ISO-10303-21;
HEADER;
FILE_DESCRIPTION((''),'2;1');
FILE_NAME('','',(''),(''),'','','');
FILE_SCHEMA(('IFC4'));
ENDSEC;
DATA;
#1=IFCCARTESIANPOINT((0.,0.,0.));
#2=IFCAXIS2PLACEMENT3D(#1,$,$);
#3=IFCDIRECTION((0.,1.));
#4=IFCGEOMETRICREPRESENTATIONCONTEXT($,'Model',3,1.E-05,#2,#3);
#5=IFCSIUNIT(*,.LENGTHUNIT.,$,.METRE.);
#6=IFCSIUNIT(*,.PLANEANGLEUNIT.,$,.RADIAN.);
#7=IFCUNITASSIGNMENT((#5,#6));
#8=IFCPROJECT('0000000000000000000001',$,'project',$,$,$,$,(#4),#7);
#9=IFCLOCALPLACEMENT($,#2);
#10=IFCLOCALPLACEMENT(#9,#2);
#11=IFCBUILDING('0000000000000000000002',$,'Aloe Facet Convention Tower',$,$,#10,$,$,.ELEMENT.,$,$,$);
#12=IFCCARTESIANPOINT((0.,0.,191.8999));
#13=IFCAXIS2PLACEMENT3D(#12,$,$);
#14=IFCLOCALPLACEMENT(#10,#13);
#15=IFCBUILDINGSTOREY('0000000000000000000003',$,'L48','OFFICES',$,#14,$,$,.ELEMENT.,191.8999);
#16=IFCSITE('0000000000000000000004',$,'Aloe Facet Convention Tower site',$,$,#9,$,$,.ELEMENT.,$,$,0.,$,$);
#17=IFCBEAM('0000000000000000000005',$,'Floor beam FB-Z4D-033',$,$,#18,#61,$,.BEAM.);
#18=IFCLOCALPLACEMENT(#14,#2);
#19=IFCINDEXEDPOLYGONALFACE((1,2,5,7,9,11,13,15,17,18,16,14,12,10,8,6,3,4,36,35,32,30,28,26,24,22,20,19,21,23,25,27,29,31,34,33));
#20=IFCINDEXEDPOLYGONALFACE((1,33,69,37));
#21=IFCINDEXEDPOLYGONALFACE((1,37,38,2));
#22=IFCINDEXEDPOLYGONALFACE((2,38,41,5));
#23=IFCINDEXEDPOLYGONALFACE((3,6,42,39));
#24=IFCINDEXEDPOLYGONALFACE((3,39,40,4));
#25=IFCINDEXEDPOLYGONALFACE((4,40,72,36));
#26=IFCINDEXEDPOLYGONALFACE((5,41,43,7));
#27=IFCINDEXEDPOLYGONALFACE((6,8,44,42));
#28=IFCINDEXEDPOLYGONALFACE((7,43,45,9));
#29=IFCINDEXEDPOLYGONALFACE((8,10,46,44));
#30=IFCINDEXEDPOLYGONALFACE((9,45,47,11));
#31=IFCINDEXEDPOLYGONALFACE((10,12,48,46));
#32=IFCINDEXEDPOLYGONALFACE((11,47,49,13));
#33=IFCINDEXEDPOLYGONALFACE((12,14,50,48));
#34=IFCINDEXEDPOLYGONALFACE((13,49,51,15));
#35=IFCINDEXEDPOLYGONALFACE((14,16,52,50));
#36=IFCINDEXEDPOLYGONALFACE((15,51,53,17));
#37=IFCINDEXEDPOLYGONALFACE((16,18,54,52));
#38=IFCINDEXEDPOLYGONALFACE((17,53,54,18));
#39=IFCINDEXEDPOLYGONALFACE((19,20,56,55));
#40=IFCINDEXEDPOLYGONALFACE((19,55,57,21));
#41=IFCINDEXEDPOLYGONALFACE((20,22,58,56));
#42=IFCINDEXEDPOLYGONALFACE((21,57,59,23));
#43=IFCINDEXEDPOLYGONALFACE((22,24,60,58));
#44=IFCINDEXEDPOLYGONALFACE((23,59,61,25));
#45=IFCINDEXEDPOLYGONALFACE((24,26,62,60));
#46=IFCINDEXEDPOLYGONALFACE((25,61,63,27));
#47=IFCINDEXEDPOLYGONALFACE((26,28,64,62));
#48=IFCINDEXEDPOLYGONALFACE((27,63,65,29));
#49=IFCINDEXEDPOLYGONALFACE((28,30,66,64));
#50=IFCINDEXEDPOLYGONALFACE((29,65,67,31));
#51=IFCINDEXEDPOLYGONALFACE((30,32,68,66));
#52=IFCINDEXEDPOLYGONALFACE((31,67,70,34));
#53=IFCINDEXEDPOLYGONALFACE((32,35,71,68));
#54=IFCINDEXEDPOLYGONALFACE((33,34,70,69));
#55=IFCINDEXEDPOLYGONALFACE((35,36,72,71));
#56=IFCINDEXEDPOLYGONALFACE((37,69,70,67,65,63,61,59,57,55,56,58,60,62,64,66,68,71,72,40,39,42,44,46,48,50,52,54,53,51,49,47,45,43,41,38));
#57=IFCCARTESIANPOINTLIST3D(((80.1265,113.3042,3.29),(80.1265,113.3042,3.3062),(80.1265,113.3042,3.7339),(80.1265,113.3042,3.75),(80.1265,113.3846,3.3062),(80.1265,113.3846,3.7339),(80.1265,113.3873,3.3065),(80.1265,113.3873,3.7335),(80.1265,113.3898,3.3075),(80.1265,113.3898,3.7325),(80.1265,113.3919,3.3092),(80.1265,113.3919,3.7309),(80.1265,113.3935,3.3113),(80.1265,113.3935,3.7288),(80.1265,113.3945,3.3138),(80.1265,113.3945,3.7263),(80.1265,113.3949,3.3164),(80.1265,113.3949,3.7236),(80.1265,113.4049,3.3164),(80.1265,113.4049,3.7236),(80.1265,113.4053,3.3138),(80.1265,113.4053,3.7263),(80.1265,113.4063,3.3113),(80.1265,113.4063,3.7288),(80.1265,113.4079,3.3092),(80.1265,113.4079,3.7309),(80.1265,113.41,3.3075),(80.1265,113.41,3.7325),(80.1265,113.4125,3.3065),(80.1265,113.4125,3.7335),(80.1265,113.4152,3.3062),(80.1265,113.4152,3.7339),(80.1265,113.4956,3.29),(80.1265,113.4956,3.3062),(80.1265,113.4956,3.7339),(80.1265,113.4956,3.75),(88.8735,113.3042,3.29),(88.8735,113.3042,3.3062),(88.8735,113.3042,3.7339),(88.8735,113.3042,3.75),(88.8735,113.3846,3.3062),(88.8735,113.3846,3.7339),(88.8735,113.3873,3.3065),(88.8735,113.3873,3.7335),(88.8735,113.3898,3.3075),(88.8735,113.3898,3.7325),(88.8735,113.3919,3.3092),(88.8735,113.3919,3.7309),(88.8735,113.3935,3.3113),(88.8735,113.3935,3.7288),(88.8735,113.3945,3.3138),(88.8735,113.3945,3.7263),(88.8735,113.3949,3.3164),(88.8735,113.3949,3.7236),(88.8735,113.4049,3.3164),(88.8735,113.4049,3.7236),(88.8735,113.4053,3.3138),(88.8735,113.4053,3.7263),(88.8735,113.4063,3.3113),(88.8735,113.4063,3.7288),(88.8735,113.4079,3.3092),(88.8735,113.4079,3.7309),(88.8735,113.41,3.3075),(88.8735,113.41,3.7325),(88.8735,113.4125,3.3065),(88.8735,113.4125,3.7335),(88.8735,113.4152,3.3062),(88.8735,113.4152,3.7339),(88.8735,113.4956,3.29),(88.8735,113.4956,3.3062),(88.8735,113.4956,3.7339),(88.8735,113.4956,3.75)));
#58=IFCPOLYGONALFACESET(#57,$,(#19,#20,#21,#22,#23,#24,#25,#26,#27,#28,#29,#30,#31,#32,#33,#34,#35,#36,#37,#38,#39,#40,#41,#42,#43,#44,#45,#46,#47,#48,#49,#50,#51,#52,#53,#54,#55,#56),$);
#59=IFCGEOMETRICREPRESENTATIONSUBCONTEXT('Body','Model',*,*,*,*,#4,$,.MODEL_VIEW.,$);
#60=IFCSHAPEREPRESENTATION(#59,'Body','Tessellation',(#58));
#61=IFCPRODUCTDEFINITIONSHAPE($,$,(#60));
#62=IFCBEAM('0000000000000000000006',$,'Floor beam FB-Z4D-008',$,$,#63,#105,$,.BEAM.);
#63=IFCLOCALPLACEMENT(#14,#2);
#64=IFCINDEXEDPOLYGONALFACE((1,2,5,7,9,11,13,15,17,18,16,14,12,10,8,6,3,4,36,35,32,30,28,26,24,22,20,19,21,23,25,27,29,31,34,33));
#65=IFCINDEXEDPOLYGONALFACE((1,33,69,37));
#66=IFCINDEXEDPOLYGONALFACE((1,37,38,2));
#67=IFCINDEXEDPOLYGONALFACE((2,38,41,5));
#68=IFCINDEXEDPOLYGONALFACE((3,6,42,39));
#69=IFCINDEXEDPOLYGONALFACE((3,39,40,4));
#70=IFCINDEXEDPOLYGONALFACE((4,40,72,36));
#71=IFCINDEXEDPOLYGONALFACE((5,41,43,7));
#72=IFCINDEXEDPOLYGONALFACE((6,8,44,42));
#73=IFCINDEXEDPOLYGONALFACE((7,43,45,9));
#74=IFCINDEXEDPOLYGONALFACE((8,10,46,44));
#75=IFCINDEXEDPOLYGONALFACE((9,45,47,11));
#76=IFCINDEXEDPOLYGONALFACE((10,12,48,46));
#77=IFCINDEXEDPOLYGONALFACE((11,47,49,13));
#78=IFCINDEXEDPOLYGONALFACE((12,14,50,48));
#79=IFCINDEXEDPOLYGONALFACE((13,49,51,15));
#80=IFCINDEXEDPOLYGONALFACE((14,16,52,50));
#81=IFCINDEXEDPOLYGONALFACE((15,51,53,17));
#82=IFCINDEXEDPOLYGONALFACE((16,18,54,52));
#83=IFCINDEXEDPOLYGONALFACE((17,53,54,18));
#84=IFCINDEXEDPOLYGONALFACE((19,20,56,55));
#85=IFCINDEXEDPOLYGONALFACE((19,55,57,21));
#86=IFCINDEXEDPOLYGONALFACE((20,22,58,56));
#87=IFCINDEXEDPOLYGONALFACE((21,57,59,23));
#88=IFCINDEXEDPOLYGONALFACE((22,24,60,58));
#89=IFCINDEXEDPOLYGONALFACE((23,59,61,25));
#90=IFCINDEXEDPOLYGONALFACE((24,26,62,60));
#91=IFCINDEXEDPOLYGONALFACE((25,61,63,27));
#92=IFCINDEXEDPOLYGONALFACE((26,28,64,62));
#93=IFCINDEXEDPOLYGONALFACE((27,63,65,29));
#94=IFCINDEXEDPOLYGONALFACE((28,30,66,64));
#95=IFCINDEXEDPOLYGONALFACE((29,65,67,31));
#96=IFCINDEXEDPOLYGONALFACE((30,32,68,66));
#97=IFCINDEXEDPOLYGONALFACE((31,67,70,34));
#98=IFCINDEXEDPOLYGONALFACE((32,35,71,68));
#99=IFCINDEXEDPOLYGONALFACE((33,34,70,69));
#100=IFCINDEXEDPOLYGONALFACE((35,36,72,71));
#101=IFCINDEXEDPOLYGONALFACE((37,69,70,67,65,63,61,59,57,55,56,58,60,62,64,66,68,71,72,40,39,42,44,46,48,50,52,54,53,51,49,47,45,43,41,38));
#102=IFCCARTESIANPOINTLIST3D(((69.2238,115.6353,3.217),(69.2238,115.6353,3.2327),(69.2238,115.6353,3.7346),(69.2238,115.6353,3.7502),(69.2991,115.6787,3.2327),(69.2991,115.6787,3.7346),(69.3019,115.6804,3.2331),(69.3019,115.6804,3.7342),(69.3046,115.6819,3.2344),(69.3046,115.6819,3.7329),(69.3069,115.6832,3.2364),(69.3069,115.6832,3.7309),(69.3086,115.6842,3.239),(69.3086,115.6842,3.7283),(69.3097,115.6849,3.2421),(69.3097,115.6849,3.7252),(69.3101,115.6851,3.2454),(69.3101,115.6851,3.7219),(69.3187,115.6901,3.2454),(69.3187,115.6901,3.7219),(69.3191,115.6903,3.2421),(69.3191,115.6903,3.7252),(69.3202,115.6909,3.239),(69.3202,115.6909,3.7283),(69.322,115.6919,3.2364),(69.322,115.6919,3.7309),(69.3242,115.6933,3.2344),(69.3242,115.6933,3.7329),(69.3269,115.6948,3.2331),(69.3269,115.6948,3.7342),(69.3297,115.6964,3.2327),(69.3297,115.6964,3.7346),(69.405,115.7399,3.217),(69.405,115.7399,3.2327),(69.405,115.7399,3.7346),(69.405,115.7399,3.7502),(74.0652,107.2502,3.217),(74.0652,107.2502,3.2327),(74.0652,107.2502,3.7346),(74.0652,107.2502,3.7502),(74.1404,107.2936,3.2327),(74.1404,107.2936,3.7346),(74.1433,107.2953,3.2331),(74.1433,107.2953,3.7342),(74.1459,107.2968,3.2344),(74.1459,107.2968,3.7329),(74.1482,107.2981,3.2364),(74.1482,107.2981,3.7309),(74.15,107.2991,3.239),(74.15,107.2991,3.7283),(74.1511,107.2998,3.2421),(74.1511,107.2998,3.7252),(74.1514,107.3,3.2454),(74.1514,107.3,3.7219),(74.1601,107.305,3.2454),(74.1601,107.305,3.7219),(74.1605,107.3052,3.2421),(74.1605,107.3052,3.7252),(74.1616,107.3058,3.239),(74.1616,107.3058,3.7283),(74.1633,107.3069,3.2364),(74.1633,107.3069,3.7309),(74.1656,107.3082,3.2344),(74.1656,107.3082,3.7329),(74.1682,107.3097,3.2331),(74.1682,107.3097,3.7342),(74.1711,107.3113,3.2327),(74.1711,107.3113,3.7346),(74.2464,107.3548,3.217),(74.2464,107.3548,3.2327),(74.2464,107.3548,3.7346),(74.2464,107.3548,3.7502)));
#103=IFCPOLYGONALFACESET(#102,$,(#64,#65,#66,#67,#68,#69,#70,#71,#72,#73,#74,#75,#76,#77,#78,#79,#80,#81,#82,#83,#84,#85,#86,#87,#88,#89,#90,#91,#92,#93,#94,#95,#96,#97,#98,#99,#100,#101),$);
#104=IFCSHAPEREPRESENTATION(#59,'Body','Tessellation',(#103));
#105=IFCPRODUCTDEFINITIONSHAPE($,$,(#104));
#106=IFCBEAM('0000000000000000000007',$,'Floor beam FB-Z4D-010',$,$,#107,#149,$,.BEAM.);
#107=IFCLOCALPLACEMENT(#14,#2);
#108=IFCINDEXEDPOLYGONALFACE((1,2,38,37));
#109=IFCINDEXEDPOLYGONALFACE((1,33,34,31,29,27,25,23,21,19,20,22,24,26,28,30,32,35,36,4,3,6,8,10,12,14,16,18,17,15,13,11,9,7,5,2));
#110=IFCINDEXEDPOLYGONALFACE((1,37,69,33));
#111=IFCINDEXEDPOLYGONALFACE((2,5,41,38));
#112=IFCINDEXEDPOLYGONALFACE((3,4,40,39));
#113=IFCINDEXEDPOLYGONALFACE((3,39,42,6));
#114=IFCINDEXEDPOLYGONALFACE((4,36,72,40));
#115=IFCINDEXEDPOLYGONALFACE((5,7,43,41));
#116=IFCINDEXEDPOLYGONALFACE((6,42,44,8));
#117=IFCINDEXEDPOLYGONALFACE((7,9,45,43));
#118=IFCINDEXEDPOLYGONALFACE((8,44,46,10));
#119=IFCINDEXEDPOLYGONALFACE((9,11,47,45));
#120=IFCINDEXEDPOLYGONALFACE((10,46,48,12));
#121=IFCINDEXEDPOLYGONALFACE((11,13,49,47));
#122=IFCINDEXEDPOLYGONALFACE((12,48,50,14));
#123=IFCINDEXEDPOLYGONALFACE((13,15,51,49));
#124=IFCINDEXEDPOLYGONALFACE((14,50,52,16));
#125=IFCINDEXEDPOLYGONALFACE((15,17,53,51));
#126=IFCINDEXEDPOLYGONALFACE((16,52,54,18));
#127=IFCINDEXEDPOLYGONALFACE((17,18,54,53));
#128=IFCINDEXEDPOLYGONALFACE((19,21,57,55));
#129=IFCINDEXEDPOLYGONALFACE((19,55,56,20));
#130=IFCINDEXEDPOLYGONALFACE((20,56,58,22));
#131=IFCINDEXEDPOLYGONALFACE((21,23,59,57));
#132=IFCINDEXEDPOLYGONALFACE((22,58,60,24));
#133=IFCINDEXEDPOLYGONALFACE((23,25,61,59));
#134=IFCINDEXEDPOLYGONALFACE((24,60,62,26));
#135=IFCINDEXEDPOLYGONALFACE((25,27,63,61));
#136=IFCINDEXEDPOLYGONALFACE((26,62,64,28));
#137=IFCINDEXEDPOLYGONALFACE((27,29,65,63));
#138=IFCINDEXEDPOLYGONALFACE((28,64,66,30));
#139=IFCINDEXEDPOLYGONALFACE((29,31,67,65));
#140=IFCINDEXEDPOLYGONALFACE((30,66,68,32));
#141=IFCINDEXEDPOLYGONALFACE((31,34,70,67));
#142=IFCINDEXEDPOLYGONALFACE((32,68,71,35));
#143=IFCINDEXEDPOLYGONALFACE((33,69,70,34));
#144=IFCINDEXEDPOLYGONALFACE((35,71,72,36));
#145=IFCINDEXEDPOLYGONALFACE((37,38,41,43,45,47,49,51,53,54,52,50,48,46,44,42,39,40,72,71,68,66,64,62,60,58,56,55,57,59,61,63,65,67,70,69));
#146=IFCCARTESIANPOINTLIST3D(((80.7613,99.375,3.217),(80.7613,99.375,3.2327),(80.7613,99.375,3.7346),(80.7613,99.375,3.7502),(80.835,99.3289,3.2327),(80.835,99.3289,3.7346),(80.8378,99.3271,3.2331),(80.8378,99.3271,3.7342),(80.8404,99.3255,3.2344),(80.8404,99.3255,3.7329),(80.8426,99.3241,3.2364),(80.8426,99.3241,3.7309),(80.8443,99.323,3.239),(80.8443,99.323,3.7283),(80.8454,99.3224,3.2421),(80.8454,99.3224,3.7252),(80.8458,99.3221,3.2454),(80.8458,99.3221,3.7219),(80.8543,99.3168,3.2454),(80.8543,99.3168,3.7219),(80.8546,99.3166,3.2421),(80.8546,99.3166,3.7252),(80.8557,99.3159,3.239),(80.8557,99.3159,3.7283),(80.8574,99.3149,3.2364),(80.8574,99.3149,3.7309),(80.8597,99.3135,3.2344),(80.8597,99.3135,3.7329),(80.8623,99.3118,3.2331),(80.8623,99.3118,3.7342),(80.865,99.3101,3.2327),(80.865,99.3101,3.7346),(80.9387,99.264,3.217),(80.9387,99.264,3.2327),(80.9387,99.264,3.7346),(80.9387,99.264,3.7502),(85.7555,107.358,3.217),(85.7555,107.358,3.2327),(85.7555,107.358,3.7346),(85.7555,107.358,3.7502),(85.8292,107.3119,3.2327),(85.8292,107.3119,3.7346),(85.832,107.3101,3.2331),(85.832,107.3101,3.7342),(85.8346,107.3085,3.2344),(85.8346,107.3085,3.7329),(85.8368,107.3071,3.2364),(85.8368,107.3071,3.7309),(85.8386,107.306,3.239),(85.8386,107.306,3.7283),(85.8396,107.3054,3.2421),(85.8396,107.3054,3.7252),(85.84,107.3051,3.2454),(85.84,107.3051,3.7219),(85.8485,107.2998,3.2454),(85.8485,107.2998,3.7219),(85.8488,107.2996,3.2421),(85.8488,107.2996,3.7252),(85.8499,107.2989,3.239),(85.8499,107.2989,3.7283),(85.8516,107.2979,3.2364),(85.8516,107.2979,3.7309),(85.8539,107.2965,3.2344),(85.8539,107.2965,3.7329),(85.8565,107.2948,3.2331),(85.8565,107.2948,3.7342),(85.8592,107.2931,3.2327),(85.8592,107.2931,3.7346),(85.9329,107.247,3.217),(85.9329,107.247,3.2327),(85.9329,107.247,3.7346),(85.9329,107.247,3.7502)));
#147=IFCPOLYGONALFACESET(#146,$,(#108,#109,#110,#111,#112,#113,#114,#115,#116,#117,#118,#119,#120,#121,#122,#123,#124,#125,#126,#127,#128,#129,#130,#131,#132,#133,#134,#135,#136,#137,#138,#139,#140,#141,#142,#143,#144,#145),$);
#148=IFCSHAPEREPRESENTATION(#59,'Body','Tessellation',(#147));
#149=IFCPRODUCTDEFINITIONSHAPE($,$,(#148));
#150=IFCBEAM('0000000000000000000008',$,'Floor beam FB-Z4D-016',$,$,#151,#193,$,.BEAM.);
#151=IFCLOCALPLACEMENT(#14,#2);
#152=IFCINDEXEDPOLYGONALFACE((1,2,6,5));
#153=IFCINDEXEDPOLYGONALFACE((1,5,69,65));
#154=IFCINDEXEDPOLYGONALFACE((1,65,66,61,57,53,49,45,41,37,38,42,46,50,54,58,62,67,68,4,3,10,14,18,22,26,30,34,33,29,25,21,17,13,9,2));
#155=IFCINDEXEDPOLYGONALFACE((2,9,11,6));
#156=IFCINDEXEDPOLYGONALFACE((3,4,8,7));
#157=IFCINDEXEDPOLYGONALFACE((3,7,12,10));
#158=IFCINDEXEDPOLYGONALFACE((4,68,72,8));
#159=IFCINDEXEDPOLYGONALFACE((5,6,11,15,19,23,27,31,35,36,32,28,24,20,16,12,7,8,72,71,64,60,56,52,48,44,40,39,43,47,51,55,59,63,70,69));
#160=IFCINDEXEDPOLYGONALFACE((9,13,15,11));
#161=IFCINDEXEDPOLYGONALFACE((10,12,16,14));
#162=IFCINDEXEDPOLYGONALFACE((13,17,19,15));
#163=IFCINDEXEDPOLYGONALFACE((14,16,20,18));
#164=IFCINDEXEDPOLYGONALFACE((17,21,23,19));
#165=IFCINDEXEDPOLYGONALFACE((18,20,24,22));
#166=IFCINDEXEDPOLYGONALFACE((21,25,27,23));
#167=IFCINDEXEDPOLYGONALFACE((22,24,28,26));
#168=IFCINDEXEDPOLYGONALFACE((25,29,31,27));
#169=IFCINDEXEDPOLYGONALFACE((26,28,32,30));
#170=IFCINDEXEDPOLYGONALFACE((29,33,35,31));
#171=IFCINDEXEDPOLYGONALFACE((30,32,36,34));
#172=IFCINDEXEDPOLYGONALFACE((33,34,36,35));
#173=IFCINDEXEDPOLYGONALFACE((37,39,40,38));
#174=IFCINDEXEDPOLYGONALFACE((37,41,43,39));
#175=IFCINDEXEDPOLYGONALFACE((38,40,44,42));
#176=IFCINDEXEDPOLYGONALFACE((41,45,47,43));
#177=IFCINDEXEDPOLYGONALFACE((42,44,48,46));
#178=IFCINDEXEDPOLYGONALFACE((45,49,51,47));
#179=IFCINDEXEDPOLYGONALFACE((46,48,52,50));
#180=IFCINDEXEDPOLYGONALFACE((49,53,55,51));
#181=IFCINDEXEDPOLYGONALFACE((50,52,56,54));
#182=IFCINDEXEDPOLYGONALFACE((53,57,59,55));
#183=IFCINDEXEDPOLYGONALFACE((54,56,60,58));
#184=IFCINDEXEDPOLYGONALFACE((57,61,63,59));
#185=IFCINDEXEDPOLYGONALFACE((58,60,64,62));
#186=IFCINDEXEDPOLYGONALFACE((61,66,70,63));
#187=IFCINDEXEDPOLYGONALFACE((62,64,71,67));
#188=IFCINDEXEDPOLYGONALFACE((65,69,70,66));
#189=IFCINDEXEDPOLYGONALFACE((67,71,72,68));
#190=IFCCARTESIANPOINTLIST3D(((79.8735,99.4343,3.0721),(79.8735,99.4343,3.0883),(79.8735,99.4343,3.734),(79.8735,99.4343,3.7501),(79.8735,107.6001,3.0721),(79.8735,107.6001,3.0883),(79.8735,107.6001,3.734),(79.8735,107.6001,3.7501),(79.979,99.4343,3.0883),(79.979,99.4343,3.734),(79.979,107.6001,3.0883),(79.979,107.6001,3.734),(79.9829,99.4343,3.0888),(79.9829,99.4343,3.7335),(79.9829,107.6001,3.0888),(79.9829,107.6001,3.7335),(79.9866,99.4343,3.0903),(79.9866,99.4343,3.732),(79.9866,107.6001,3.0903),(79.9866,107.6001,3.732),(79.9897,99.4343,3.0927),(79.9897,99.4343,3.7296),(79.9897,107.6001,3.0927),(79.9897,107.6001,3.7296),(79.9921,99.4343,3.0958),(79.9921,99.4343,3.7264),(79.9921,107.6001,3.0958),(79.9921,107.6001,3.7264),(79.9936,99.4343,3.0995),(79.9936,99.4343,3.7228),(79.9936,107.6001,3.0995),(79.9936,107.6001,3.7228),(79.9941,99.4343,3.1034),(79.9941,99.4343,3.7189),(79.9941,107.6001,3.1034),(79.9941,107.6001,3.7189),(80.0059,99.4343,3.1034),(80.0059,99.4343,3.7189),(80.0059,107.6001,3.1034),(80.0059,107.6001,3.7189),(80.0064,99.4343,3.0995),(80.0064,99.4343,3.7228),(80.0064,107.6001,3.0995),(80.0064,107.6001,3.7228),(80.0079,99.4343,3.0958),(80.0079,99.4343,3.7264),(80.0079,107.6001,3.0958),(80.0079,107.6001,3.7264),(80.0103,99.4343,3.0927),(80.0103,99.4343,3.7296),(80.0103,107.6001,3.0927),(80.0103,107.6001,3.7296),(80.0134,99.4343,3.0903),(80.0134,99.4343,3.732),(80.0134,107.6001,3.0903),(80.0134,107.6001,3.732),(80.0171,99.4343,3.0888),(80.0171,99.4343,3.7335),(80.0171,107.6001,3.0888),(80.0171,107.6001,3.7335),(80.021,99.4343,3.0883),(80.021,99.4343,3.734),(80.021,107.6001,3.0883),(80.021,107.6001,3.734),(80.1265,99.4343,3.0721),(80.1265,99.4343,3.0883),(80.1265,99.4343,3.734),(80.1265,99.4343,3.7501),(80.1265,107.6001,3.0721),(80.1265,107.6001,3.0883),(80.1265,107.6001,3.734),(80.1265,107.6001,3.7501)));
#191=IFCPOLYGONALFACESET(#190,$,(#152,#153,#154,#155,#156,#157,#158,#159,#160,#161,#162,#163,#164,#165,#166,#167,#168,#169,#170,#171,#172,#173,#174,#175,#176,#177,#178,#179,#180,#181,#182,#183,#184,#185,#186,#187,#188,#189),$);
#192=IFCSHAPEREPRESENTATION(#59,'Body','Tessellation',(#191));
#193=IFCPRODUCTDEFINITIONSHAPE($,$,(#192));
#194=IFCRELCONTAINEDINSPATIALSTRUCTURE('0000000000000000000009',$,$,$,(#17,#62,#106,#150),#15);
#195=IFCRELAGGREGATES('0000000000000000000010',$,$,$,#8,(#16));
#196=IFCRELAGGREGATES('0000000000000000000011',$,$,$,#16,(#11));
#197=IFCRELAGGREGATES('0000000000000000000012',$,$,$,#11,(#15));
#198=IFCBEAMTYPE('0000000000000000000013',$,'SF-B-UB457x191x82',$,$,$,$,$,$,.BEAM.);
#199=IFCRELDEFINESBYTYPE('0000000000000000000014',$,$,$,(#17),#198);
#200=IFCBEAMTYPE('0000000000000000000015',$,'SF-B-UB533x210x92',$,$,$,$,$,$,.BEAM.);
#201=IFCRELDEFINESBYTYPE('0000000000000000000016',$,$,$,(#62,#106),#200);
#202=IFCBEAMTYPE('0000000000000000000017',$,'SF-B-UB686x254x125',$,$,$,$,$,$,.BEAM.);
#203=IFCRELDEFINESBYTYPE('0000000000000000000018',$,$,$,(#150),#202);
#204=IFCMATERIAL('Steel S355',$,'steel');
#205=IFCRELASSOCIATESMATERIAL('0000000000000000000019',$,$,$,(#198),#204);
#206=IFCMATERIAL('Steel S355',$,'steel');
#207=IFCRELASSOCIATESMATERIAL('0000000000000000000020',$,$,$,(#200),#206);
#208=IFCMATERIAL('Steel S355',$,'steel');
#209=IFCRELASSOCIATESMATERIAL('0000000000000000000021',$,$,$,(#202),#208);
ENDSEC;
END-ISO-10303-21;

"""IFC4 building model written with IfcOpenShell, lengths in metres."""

from ifc_helpers import new_model, si_unit, direction, frame, origin, origin_2d, place, context, subcontext, project, spatial, i_section, extrude, material, material_profile, profile_set, type_object, element, save


model = new_model("IFC4")

# Units and contexts
model_context = context("Model", 3, precision=1e-05, world=origin(), true_north=direction((0.0, 1.0)))
body_context = subcontext(model_context, "Body", "Model", "MODEL_VIEW")
ifc_project = project(units=[si_unit("LENGTHUNIT", "METRE"), si_unit("PLANEANGLEUNIT", "RADIAN")], contexts=[model_context])

# Site, building, storey
site_placement = place(None, origin())
site = spatial("IfcSite", under=ifc_project, at=site_placement, Name="Aloe Facet Convention Tower site", CompositionType="ELEMENT", RefElevation=0.0)
building_placement = place(site_placement, origin())
building = spatial("IfcBuilding", under=site, at=building_placement, Name="Aloe Facet Convention Tower", CompositionType="ELEMENT")
storey_placement = place(building_placement, frame((0.0, 0.0, 191.8999)))
storey = spatial("IfcBuildingStorey", under=building, at=storey_placement, Name="L48", Description="OFFICES", CompositionType="ELEMENT", Elevation=191.8999)

# Beams
ifc_material_1 = material(Name="Steel S355", Category="steel")
ifc_material_profile_1 = material_profile(ifc_material_1, i_section(OverallWidth=0.1914, OverallDepth=0.46, WebThickness=0.01, FlangeThickness=0.0161, FilletRadius=0.0103, at=origin_2d()), Name="UB 457x191x82")
ifc_profile_set_1 = profile_set([ifc_material_profile_1], Name="Steel S355")
beam_type_1 = type_object("IfcBeamType", Name="SF-B-UB457x191x82", PredefinedType="BEAM", material=ifc_profile_set_1)
beam_1_placement = place(storey_placement, frame((80.1265, 113.3999, 3.52), z_axis=(1.0, 0.0, 0.0), x_axis=(0.0, 1.0, 0.0)))
element("IfcBeam", 1, at=beam_1_placement, inside=storey, type_object=beam_type_1, Name="Floor beam FB-Z4D-033", PredefinedType="BEAM", context=body_context, shape_type="SweptSolid", body=[
    extrude(i_section(OverallWidth=0.1914, OverallDepth=0.46, WebThickness=0.01, FlangeThickness=0.0161, FilletRadius=0.0103, at=origin_2d()), origin(), (0.0, 0.0, 1.0), 8.7471),
])
ifc_material_2 = material(Name="Steel S355", Category="steel")
ifc_material_profile_2 = material_profile(ifc_material_2, i_section(OverallWidth=0.2092, OverallDepth=0.5332, WebThickness=0.01, FlangeThickness=0.0156, FilletRadius=0.0127, at=origin_2d()), Name="UB 533x210x92")
ifc_profile_set_2 = profile_set([ifc_material_profile_2], Name="Steel S355")
beam_type_2 = type_object("IfcBeamType", Name="SF-B-UB533x210x92", PredefinedType="BEAM", material=ifc_profile_set_2)
beam_2_placement = place(storey_placement, frame((74.1558, 107.3025, 3.4836), z_axis=(-0.500017, 0.866016, 0.0), x_axis=(-0.866016, -0.500017, 0.0)))
element("IfcBeam", 2, at=beam_2_placement, inside=storey, type_object=beam_type_2, Name="Floor beam FB-Z4D-008", PredefinedType="BEAM", context=body_context, shape_type="SweptSolid", body=[
    extrude(i_section(OverallWidth=0.2092, OverallDepth=0.5332, WebThickness=0.01, FlangeThickness=0.0156, FilletRadius=0.0127, at=origin_2d()), origin(), (0.0, 0.0, 1.0), 9.6824),
])
beam_3_placement = place(storey_placement, frame((85.8442, 107.3025, 3.4836), z_axis=(-0.530367, -0.847768, 0.0), x_axis=(0.847768, -0.530367, 0.0)))
element("IfcBeam", 3, at=beam_3_placement, inside=storey, type_object=beam_type_2, Name="Floor beam FB-Z4D-010", PredefinedType="BEAM", context=body_context, shape_type="SweptSolid", body=[
    extrude(i_section(OverallWidth=0.2092, OverallDepth=0.5332, WebThickness=0.01, FlangeThickness=0.0156, FilletRadius=0.0127, at=origin_2d()), origin(), (0.0, 0.0, 1.0), 9.4165),
])
ifc_material_3 = material(Name="Steel S355", Category="steel")
ifc_material_profile_3 = material_profile(ifc_material_3, i_section(OverallWidth=0.2529, OverallDepth=0.678, WebThickness=0.0117, FlangeThickness=0.0161, FilletRadius=0.0151, at=origin_2d()), Name="UB 686x254x125")
ifc_profile_set_3 = profile_set([ifc_material_profile_3], Name="Steel S355")
beam_type_3 = type_object("IfcBeamType", Name="SF-B-UB686x254x125", PredefinedType="BEAM", material=ifc_profile_set_3)
beam_4_placement = place(storey_placement, frame((80.0, 107.6001, 3.4111), z_axis=(0.0, -1.0, 0.0), x_axis=(1.0, 0.0, 0.0)))
element("IfcBeam", 4, at=beam_4_placement, inside=storey, type_object=beam_type_3, Name="Floor beam FB-Z4D-016", PredefinedType="BEAM", context=body_context, shape_type="SweptSolid", body=[
    extrude(i_section(OverallWidth=0.2529, OverallDepth=0.678, WebThickness=0.0117, FlangeThickness=0.0161, FilletRadius=0.0151, at=origin_2d()), origin(), (0.0, 0.0, 1.0), 8.1658),
])

save(model, "model.ifc")
